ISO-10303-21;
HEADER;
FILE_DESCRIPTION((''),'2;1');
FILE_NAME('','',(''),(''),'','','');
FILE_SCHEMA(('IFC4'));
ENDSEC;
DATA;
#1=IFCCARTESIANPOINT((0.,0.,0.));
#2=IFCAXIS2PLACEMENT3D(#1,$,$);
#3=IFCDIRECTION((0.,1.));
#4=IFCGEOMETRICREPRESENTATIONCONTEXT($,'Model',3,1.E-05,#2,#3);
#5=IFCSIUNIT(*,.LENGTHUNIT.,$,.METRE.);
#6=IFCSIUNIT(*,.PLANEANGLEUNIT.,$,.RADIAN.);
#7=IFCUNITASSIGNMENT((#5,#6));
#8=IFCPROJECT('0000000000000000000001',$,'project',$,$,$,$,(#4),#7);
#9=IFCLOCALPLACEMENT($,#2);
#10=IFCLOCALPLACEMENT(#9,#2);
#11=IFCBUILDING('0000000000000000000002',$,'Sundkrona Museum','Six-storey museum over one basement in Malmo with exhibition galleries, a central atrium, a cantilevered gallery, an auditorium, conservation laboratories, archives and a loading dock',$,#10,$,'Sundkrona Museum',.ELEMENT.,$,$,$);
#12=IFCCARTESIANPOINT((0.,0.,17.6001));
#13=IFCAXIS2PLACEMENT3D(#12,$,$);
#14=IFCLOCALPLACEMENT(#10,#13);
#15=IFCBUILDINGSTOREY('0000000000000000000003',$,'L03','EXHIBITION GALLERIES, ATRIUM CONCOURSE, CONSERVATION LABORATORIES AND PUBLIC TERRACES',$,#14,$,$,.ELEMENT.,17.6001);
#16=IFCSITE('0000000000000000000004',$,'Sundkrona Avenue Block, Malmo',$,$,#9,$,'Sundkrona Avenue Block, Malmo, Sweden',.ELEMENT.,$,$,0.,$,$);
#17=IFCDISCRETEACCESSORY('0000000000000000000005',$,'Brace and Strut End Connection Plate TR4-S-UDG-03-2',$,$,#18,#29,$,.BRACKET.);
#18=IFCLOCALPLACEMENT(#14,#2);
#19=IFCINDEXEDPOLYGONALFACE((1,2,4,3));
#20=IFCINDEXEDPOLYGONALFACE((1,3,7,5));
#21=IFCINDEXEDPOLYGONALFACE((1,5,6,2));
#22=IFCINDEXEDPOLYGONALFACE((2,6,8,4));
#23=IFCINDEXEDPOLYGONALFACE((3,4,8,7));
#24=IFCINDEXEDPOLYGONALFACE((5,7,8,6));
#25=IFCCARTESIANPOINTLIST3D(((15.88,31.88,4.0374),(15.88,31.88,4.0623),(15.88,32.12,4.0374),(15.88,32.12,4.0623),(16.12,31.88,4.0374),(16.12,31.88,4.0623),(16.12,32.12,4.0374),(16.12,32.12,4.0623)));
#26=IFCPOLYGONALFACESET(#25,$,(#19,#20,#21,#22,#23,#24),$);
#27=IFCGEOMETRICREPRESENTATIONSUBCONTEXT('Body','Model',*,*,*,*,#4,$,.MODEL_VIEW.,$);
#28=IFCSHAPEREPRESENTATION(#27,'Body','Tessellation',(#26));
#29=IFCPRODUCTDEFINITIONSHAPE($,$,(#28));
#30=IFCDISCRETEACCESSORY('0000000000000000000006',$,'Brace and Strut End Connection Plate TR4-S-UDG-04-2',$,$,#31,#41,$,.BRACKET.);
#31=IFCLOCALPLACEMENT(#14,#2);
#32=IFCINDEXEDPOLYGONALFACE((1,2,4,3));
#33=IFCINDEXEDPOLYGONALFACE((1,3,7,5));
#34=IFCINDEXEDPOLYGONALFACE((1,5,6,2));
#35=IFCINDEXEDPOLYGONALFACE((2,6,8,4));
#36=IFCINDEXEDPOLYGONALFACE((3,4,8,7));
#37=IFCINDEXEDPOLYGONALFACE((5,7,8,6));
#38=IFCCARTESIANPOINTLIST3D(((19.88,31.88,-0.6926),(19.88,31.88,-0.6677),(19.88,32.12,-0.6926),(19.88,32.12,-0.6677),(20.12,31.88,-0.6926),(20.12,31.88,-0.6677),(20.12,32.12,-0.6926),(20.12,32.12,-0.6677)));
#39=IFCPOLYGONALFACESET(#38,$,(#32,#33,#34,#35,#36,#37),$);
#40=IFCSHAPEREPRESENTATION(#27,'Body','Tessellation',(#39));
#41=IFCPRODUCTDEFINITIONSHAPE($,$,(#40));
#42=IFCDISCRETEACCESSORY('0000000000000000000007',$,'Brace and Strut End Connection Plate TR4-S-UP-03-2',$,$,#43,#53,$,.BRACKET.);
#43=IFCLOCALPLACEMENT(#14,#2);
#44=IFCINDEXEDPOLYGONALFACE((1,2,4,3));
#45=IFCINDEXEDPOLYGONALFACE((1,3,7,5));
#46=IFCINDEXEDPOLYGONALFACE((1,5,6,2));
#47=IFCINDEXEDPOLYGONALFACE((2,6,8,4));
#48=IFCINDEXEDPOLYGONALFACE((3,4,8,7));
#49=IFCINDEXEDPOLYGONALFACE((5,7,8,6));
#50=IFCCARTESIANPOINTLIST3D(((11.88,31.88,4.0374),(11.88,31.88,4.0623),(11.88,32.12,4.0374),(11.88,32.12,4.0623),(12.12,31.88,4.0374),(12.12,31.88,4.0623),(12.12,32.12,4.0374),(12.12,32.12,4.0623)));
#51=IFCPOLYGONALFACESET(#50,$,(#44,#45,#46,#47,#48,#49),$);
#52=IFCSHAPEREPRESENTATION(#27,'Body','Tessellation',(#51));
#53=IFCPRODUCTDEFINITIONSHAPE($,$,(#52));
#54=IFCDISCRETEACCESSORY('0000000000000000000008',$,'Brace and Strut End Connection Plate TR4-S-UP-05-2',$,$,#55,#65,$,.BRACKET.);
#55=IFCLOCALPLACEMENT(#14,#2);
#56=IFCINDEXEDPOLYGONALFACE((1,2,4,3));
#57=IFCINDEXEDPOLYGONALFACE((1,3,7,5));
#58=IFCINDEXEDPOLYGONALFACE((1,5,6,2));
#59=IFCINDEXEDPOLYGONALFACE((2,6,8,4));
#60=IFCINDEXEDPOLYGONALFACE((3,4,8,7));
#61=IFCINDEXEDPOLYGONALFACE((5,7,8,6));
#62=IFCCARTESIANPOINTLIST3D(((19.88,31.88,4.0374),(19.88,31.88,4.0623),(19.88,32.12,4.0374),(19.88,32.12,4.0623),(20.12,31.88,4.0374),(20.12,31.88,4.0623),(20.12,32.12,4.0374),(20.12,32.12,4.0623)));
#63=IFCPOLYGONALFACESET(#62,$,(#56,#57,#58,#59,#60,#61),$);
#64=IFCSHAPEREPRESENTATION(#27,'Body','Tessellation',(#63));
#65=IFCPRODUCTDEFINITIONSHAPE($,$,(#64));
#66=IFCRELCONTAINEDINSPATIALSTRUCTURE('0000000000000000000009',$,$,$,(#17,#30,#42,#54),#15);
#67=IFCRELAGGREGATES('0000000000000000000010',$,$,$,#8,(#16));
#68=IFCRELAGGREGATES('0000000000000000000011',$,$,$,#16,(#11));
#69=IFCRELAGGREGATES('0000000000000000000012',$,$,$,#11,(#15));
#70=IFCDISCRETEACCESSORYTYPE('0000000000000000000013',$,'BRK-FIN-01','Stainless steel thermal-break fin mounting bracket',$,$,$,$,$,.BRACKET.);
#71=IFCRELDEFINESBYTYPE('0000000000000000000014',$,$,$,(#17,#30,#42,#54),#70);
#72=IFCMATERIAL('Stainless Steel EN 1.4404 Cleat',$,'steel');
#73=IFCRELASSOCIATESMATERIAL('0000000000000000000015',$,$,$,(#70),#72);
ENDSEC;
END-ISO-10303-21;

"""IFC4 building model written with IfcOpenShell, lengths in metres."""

from ifc_helpers import new_model, si_unit, direction, frame, origin, origin_2d, place, context, subcontext, project, spatial, rectangle, extrude, material, type_object, element, save


model = new_model("IFC4")

# Units and contexts
model_context = context("Model", 3, precision=1e-05, world=origin(), true_north=direction((0.0, 1.0)))
body_context = subcontext(model_context, "Body", "Model", "MODEL_VIEW")
ifc_project = project(units=[si_unit("LENGTHUNIT", "METRE"), si_unit("PLANEANGLEUNIT", "RADIAN")], contexts=[model_context])

# Site, building, storey
site_placement = place(None, origin())
site = spatial("IfcSite", under=ifc_project, at=site_placement, Name="Sundkrona Avenue Block, Malmo", LongName="Sundkrona Avenue Block, Malmo, Sweden", CompositionType="ELEMENT", RefElevation=0.0)
building_placement = place(site_placement, origin())
building = spatial("IfcBuilding", under=site, at=building_placement, Name="Sundkrona Museum", Description="Six-storey museum over one basement in Malmo with exhibition galleries, a central atrium, a cantilevered gallery, an auditorium, conservation laboratories, archives and a loading dock", LongName="Sundkrona Museum", CompositionType="ELEMENT")
storey_placement = place(building_placement, frame((0.0, 0.0, 17.6001)))
storey = spatial("IfcBuildingStorey", under=building, at=storey_placement, Name="L03", Description="EXHIBITION GALLERIES, ATRIUM CONCOURSE, CONSERVATION LABORATORIES AND PUBLIC TERRACES", CompositionType="ELEMENT", Elevation=17.6001)

# Discrete accessories
ifc_material_1 = material(Name="Stainless Steel EN 1.4404 Cleat", Category="steel")
discrete_accessory_type = type_object("IfcDiscreteAccessoryType", Name="BRK-FIN-01", Description="Stainless steel thermal-break fin mounting bracket", PredefinedType="BRACKET", material=ifc_material_1)
for number, where, z_axis, x_axis, name in (
    (1, (16.0, 32.0, 4.0374), (0.0, 0.0, 1.0), (1.0, 0.0, 0.0), "Brace and Strut End Connection Plate TR4-S-UDG-03-2"),
    (2, (20.0, 32.0, -0.6926), (0.0, 0.0, 1.0), (1.0, 0.0, 0.0), "Brace and Strut End Connection Plate TR4-S-UDG-04-2"),
    (3, (12.0, 32.0, 4.0374), (0.0, 0.0, 1.0), (1.0, 0.0, 0.0), "Brace and Strut End Connection Plate TR4-S-UP-03-2"),
    (4, (20.0, 32.0, 4.0374), (0.0, 0.0, 1.0), (1.0, 0.0, 0.0), "Brace and Strut End Connection Plate TR4-S-UP-05-2"),
):
    element("IfcDiscreteAccessory", number, at=place(storey_placement, frame(where, z_axis=z_axis, x_axis=x_axis)), inside=storey, type_object=discrete_accessory_type, Name=name, PredefinedType="BRACKET", context=body_context, shape_type="SweptSolid", body=[
        extrude(rectangle(XDim=0.24, YDim=0.24, at=origin_2d()), origin(), (0.0, 0.0, 1.0), 0.0249),
    ])

save(model, "model.ifc")
